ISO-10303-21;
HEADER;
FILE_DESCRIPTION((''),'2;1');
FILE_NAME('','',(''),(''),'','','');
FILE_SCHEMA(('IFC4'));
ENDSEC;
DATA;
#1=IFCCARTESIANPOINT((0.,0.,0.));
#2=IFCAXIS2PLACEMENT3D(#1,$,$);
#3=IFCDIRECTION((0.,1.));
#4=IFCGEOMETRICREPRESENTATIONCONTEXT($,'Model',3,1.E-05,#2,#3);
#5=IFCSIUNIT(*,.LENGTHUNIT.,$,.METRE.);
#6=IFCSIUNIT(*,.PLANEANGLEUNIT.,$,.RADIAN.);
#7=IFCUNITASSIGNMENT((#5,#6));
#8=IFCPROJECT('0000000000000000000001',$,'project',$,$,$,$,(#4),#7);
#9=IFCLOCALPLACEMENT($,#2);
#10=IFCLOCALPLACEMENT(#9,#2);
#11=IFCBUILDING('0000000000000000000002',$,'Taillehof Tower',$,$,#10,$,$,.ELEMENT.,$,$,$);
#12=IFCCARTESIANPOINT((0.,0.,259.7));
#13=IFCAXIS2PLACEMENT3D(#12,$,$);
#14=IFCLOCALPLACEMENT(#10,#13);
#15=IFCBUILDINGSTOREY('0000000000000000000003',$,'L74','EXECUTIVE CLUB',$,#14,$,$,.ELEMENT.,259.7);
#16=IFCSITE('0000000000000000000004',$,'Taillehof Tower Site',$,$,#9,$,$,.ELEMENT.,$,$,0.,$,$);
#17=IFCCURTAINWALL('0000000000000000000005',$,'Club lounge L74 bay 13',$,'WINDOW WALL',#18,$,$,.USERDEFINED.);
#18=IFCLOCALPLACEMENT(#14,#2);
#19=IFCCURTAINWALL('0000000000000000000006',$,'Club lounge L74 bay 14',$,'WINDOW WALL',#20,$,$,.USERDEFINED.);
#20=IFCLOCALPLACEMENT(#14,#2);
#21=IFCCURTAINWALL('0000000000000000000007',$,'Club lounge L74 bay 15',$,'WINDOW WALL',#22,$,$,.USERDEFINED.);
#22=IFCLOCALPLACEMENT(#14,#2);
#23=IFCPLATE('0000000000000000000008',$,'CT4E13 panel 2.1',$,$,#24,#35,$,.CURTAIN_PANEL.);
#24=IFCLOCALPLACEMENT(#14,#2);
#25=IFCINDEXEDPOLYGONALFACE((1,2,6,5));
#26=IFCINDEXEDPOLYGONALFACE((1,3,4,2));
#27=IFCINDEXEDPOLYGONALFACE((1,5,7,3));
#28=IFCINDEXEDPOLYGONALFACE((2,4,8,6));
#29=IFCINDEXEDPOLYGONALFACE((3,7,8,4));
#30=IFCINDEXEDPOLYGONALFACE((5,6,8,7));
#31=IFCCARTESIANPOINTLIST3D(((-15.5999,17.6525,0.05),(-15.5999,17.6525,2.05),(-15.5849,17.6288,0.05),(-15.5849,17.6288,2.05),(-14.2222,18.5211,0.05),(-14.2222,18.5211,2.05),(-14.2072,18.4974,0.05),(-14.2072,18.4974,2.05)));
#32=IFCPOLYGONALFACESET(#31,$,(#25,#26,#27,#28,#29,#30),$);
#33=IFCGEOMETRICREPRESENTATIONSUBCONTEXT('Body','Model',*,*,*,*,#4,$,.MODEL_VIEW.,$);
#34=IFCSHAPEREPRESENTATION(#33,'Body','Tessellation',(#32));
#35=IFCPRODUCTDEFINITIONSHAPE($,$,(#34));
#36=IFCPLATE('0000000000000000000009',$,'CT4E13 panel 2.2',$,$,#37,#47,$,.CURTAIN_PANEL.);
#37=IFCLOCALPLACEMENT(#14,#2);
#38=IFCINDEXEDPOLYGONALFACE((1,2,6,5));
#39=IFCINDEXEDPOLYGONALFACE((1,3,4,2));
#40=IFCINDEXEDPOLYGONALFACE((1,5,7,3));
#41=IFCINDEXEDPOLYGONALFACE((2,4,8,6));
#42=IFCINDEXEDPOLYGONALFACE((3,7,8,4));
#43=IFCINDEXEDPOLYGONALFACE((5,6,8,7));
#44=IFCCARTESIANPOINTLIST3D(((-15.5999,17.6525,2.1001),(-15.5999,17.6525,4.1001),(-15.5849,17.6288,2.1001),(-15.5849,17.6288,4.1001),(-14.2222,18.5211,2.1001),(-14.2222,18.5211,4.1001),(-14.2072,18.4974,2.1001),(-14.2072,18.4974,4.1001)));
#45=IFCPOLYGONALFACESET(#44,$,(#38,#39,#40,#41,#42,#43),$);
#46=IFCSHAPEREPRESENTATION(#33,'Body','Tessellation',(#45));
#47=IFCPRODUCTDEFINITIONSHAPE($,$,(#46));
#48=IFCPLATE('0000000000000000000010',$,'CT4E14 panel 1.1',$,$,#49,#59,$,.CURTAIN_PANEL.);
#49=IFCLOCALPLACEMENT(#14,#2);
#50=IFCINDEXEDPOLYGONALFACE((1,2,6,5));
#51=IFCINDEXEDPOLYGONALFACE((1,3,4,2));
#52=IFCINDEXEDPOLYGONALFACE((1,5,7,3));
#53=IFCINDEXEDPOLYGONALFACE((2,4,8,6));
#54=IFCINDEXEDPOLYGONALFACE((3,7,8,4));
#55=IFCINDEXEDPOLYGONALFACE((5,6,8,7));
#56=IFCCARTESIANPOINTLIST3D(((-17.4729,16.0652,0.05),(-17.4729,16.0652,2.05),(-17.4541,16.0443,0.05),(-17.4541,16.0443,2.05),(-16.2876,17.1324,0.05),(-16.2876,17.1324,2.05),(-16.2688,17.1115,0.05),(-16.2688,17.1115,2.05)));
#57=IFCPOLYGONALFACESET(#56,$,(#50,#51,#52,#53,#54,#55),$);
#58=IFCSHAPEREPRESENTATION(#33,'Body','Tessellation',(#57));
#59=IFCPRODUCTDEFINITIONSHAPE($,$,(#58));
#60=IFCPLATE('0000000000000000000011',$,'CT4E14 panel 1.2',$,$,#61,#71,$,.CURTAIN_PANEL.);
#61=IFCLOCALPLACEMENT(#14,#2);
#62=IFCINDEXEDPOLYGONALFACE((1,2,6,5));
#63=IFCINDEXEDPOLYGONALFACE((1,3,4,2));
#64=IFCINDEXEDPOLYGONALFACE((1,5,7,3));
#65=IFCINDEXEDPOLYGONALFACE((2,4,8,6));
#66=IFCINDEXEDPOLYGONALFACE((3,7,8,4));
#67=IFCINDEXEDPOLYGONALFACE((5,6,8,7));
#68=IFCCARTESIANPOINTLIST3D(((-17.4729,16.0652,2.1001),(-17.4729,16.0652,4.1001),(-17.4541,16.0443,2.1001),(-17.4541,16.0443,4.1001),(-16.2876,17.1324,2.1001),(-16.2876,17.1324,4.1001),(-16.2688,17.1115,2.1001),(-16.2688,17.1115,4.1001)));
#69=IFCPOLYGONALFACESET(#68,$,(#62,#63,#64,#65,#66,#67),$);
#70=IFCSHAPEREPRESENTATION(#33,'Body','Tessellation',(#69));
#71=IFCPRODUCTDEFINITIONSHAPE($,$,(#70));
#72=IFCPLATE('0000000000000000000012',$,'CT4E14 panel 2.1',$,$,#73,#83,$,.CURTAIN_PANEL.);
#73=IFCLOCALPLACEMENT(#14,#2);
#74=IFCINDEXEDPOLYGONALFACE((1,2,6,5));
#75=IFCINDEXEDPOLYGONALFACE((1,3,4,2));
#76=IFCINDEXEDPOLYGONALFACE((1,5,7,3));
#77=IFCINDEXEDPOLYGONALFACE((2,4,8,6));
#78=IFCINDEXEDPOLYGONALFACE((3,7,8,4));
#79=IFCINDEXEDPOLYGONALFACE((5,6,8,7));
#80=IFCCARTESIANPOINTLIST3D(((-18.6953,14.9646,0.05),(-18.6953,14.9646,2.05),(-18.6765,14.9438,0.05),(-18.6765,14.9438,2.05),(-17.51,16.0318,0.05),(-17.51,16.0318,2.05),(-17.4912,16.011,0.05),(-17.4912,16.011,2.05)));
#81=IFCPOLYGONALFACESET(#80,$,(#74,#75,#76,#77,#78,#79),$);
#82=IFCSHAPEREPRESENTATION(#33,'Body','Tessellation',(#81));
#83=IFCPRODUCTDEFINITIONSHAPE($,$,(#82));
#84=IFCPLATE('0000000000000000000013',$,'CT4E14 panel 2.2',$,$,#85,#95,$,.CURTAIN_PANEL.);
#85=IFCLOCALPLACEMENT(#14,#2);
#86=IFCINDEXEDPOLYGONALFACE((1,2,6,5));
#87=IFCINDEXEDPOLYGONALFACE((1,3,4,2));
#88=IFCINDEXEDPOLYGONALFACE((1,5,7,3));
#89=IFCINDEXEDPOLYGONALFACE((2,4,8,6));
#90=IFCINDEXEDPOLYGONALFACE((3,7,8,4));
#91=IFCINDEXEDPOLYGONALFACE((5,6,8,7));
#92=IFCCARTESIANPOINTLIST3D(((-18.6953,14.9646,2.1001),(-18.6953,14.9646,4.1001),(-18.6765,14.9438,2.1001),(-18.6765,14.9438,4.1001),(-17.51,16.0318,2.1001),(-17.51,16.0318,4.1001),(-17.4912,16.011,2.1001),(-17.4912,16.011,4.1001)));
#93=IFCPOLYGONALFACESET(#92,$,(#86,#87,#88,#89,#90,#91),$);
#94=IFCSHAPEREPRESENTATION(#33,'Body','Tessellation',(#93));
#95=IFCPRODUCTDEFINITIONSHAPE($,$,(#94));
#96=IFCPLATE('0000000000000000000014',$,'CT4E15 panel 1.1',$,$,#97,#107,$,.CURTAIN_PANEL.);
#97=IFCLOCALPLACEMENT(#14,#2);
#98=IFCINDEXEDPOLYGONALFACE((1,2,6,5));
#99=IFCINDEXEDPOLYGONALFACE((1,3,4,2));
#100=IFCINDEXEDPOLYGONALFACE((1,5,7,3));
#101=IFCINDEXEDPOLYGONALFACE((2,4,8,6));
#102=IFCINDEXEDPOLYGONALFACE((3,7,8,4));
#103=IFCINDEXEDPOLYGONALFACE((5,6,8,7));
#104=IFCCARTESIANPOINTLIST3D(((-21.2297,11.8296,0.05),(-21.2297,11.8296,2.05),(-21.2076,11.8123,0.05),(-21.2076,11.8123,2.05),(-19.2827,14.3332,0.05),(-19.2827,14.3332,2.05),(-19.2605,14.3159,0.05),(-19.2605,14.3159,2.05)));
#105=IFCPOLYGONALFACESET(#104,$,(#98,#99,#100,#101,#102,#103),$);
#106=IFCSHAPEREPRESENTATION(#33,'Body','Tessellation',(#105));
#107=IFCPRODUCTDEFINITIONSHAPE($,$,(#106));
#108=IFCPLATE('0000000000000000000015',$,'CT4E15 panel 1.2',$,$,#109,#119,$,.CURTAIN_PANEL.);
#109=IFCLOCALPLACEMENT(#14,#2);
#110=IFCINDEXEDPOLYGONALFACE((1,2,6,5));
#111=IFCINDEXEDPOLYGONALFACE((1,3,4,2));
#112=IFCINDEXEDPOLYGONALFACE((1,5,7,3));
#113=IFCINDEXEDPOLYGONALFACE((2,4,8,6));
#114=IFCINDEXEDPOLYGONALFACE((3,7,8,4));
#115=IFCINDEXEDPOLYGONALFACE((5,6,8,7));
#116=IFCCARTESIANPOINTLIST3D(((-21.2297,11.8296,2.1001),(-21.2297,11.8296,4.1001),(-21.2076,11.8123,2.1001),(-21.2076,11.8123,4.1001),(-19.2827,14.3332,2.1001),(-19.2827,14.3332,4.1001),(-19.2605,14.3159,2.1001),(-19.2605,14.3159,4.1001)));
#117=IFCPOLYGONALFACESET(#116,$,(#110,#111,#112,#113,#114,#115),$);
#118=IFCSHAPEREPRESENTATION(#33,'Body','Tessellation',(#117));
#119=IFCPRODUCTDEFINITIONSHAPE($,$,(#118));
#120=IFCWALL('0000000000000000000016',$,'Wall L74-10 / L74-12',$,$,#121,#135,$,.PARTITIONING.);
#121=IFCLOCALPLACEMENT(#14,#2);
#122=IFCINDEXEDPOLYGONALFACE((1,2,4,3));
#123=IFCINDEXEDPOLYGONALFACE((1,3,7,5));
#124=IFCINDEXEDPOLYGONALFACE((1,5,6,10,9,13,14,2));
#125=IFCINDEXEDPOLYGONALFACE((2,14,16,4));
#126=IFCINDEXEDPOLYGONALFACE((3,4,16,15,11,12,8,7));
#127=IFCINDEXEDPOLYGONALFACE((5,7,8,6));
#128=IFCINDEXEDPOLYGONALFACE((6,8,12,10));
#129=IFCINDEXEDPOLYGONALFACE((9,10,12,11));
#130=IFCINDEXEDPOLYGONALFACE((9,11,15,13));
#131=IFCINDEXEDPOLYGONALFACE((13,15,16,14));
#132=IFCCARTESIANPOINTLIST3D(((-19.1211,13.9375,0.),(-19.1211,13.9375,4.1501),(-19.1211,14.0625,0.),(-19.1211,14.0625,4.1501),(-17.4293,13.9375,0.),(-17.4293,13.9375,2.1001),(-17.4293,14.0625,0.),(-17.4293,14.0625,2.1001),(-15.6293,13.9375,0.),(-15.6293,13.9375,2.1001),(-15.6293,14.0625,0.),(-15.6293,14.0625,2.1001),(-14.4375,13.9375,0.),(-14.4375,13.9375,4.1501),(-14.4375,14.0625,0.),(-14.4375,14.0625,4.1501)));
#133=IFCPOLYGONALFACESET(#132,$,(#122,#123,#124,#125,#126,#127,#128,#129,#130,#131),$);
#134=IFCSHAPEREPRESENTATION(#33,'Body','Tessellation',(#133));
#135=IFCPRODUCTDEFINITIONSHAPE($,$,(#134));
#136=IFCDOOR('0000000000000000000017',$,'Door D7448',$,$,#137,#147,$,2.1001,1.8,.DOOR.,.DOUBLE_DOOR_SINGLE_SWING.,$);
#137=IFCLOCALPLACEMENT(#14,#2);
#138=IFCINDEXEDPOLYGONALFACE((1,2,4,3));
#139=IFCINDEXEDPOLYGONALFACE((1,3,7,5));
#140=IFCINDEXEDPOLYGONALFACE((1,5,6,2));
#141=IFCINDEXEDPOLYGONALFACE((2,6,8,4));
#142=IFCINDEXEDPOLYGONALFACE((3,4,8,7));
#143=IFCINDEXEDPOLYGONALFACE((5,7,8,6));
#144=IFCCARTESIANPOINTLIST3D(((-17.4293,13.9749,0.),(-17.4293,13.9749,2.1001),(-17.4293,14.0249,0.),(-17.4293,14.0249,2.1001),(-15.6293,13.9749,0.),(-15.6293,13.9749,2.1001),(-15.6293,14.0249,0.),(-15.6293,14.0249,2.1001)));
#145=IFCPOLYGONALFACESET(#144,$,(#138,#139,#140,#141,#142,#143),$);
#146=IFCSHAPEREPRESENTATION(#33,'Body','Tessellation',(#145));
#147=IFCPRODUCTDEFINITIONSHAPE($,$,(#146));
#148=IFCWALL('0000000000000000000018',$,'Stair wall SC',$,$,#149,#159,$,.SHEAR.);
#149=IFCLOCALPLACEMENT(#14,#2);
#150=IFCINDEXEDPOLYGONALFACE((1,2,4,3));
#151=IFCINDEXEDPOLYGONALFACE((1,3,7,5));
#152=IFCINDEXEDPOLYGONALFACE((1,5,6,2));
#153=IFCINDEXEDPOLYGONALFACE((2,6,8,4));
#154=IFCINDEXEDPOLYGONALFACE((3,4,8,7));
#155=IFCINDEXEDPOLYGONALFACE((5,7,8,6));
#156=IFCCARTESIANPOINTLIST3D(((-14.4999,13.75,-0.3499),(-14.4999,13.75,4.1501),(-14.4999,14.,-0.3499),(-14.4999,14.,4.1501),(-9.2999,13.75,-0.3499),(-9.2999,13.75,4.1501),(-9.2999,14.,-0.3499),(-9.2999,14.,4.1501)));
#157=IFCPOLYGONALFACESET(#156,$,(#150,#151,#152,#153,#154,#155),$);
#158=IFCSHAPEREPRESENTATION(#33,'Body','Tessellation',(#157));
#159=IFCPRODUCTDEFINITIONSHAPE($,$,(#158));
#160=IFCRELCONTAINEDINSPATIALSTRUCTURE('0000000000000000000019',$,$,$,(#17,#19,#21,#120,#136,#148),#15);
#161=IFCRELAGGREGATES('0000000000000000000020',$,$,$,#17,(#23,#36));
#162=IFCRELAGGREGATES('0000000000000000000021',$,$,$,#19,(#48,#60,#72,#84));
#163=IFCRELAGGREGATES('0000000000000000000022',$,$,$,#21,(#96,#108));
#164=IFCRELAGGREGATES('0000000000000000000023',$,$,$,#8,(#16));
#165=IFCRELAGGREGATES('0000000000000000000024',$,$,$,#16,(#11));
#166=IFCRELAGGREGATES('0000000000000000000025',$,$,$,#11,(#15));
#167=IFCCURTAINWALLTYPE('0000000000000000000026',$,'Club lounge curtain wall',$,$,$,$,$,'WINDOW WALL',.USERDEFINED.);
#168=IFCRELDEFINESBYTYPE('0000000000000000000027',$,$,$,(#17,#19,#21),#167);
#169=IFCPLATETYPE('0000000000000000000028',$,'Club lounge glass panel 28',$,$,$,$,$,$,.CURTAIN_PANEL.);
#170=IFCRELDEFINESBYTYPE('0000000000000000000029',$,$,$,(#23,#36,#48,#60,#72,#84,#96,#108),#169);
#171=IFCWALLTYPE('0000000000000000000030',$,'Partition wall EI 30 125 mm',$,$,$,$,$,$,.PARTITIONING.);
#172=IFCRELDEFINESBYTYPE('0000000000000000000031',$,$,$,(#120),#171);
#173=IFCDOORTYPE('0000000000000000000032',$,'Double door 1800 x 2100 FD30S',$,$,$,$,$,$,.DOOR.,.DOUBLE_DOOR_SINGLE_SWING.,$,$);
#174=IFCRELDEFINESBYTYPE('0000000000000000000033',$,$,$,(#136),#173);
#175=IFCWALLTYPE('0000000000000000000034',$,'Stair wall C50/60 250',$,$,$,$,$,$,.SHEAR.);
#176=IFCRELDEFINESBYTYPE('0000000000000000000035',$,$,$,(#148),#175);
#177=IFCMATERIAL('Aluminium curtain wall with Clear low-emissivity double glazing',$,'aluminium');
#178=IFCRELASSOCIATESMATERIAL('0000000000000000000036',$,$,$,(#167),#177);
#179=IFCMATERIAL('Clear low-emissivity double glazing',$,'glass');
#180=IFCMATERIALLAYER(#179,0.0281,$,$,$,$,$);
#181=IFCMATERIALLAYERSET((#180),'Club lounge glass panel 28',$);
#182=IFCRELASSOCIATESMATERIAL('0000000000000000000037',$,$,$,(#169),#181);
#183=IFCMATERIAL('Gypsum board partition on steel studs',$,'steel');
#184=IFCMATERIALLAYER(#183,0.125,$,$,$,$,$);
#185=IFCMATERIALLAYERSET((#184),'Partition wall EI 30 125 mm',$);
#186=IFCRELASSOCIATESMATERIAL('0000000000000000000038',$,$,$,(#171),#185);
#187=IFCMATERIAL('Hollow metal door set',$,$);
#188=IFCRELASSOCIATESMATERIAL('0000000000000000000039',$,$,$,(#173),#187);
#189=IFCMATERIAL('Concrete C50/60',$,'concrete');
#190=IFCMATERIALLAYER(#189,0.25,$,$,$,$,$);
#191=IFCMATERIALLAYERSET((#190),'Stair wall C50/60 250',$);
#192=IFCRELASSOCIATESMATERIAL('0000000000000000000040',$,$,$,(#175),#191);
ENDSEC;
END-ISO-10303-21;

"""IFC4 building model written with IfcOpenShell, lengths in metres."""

from ifc_helpers import new_model, si_unit, direction, frame, frame_2d, origin, origin_2d, place, context, subcontext, project, spatial, rectangle, extrude, material, layer, layer_set, type_object, element, fill, aggregate, save


model = new_model("IFC4")

# Units and contexts
model_context = context("Model", 3, precision=1e-05, world=origin(), true_north=direction((0.0, 1.0)))
body_context = subcontext(model_context, "Body", "Model", "MODEL_VIEW")
ifc_project = project(units=[si_unit("LENGTHUNIT", "METRE"), si_unit("PLANEANGLEUNIT", "RADIAN")], contexts=[model_context])

# Site, building, storey
site_placement = place(None, origin())
site = spatial("IfcSite", under=ifc_project, at=site_placement, Name="Taillehof Tower Site", CompositionType="ELEMENT", RefElevation=0.0)
building_placement = place(site_placement, origin())
building = spatial("IfcBuilding", under=site, at=building_placement, Name="Taillehof Tower", CompositionType="ELEMENT")
storey_placement = place(building_placement, frame((0.0, 0.0, 259.7)))
storey = spatial("IfcBuildingStorey", under=building, at=storey_placement, Name="L74", Description="EXECUTIVE CLUB", CompositionType="ELEMENT", Elevation=259.7)

# Curtain walls
ifc_material_1 = material(Name="Aluminium curtain wall with Clear low-emissivity double glazing", Category="aluminium")
curtain_wall_type = type_object("IfcCurtainWallType", Name="Club lounge curtain wall", ElementType="WINDOW WALL", PredefinedType="USERDEFINED", material=ifc_material_1)
curtain_wall_1_placement = place(storey_placement, origin())
curtain_wall_1 = element("IfcCurtainWall", 1, at=curtain_wall_1_placement, inside=storey, type_object=curtain_wall_type, Name="Club lounge L74 bay 13", ObjectType="WINDOW WALL", PredefinedType="USERDEFINED")
curtain_wall_2_placement = place(storey_placement, origin())
curtain_wall_2 = element("IfcCurtainWall", 2, at=curtain_wall_2_placement, inside=storey, type_object=curtain_wall_type, Name="Club lounge L74 bay 14", ObjectType="WINDOW WALL", PredefinedType="USERDEFINED")
curtain_wall_3_placement = place(storey_placement, origin())
curtain_wall_3 = element("IfcCurtainWall", 3, at=curtain_wall_3_placement, inside=storey, type_object=curtain_wall_type, Name="Club lounge L74 bay 15", ObjectType="WINDOW WALL", PredefinedType="USERDEFINED")

# Plates
ifc_material_2 = material(Name="Clear low-emissivity double glazing", Category="glass")
ifc_layer_1 = layer(ifc_material_2, 0.0281)
ifc_layer_set_1 = layer_set([ifc_layer_1], Name="Club lounge glass panel 28")
plate_type = type_object("IfcPlateType", Name="Club lounge glass panel 28", PredefinedType="CURTAIN_PANEL", material=ifc_layer_set_1)
plate_1_placement = place(storey_placement, frame((-14.9036, 18.075, 0.05), z_axis=(0.0, 0.0, 1.0), x_axis=(-0.84593, -0.533294, 0.0)))
plate_1 = element("IfcPlate", 4, at=plate_1_placement, type_object=plate_type, Name="CT4E13 panel 2.1", PredefinedType="CURTAIN_PANEL", context=body_context, shape_type="SweptSolid", body=[
    extrude(rectangle(XDim=1.6287, YDim=0.0281, at=origin_2d()), origin(), (0.0, 0.0, 1.0), 2.0),
])
plate_2_placement = place(storey_placement, frame((-14.9036, 18.075, 2.1001), z_axis=(0.0, 0.0, 1.0), x_axis=(-0.84593, -0.533294, 0.0)))
plate_2 = element("IfcPlate", 5, at=plate_2_placement, type_object=plate_type, Name="CT4E13 panel 2.2", PredefinedType="CURTAIN_PANEL", context=body_context, shape_type="SweptSolid", body=[
    extrude(rectangle(XDim=1.6287, YDim=0.0281, at=origin_2d()), origin(), (0.0, 0.0, 1.0), 2.0),
])
aggregate(curtain_wall_1, [plate_1, plate_2])
plate_3_placement = place(storey_placement, frame((-16.8708, 16.5884, 0.05), z_axis=(0.0, 0.0, 1.0), x_axis=(-0.743166, -0.669107, 0.0)))
plate_3 = element("IfcPlate", 6, at=plate_3_placement, type_object=plate_type, Name="CT4E14 panel 1.1", PredefinedType="CURTAIN_PANEL", context=body_context, shape_type="SweptSolid", body=[
    extrude(rectangle(XDim=1.595, YDim=0.0281, at=origin_2d()), origin(), (0.0, 0.0, 1.0), 2.0),
])
plate_4_placement = place(storey_placement, frame((-16.8708, 16.5884, 2.1001), z_axis=(0.0, 0.0, 1.0), x_axis=(-0.743166, -0.669107, 0.0)))
plate_4 = element("IfcPlate", 7, at=plate_4_placement, type_object=plate_type, Name="CT4E14 panel 1.2", PredefinedType="CURTAIN_PANEL", context=body_context, shape_type="SweptSolid", body=[
    extrude(rectangle(XDim=1.595, YDim=0.0281, at=origin_2d()), origin(), (0.0, 0.0, 1.0), 2.0),
])
plate_5_placement = place(storey_placement, frame((-18.0933, 15.4878, 0.05), z_axis=(0.0, 0.0, 1.0), x_axis=(-0.743166, -0.669107, 0.0)))
plate_5 = element("IfcPlate", 8, at=plate_5_placement, type_object=plate_type, Name="CT4E14 panel 2.1", PredefinedType="CURTAIN_PANEL", context=body_context, shape_type="SweptSolid", body=[
    extrude(rectangle(XDim=1.595, YDim=0.0281, at=origin_2d()), origin(), (0.0, 0.0, 1.0), 2.0),
])
plate_6_placement = place(storey_placement, frame((-18.0933, 15.4878, 2.1001), z_axis=(0.0, 0.0, 1.0), x_axis=(-0.743166, -0.669107, 0.0)))
plate_6 = element("IfcPlate", 9, at=plate_6_placement, type_object=plate_type, Name="CT4E14 panel 2.2", PredefinedType="CURTAIN_PANEL", context=body_context, shape_type="SweptSolid", body=[
    extrude(rectangle(XDim=1.595, YDim=0.0281, at=origin_2d()), origin(), (0.0, 0.0, 1.0), 2.0),
])
aggregate(curtain_wall_2, [plate_3, plate_4, plate_5, plate_6])
plate_7_placement = place(storey_placement, frame((-20.2451, 13.0728, 0.05), z_axis=(0.0, 0.0, 1.0), x_axis=(-0.613903, -0.789382, 0.0)))
plate_7 = element("IfcPlate", 10, at=plate_7_placement, type_object=plate_type, Name="CT4E15 panel 1.1", PredefinedType="CURTAIN_PANEL", context=body_context, shape_type="SweptSolid", body=[
    extrude(rectangle(XDim=3.1716, YDim=0.0281, at=origin_2d()), origin(), (0.0, 0.0, 1.0), 2.0),
])
plate_8_placement = place(storey_placement, frame((-20.2451, 13.0728, 2.1001), z_axis=(0.0, 0.0, 1.0), x_axis=(-0.613903, -0.789382, 0.0)))
plate_8 = element("IfcPlate", 11, at=plate_8_placement, type_object=plate_type, Name="CT4E15 panel 1.2", PredefinedType="CURTAIN_PANEL", context=body_context, shape_type="SweptSolid", body=[
    extrude(rectangle(XDim=3.1716, YDim=0.0281, at=origin_2d()), origin(), (0.0, 0.0, 1.0), 2.0),
])
aggregate(curtain_wall_3, [plate_7, plate_8])

# Wall, opening, door
ifc_material_3 = material(Name="Gypsum board partition on steel studs", Category="steel")
ifc_layer_2 = layer(ifc_material_3, 0.125)
ifc_layer_set_2 = layer_set([ifc_layer_2], Name="Partition wall EI 30 125 mm")
wall_type_1 = type_object("IfcWallType", Name="Partition wall EI 30 125 mm", PredefinedType="PARTITIONING", material=ifc_layer_set_2)
wall_1_placement = place(storey_placement, frame((-19.1211, 14.0, 0.0), z_axis=(0.0, 0.0, 1.0), x_axis=(1.0, 0.0, 0.0)))
wall_1 = element("IfcWall", 12, at=wall_1_placement, inside=storey, type_object=wall_type_1, Name="Wall L74-10 / L74-12", PredefinedType="PARTITIONING", context=body_context, shape_type="SweptSolid", body=[
    extrude(rectangle(XDim=4.6836, YDim=0.125, at=frame_2d((2.3418, 0.0))), origin(), (0.0, 0.0, 1.0), 4.1501),
])
opening_placement = place(wall_1_placement, frame((1.6919, 0.0, 0.0)))
opening = element("IfcOpeningElement", 13, at=opening_placement, cuts=wall_1, PredefinedType="OPENING", context=body_context, shape_type="SweptSolid", body=[
    extrude(rectangle(XDim=1.8, YDim=2.1001, at=frame_2d((0.8999, 1.05))), frame((0.0, 0.0725, 0.0), z_axis=(0.0, -1.0, 0.0), x_axis=(1.0, 0.0, 0.0)), (0.0, 0.0, 1.0), 0.145),
])
ifc_material_4 = material(Name="Hollow metal door set")
door_type = type_object("IfcDoorType", Name="Double door 1800 x 2100 FD30S", OperationType="DOUBLE_DOOR_SINGLE_SWING", PredefinedType="DOOR", material=ifc_material_4)
door_placement = place(opening_placement, origin())
door = element("IfcDoor", 14, at=door_placement, inside=storey, type_object=door_type, Name="Door D7448", OperationType="DOUBLE_DOOR_SINGLE_SWING", OverallHeight=2.1001, OverallWidth=1.8, PredefinedType="DOOR", context=body_context, shape_type="SweptSolid", body=[
    extrude(rectangle(XDim=1.8, YDim=2.1001, at=frame_2d((0.8999, 1.05))), frame((0.0, 0.0249, 0.0), z_axis=(0.0, -1.0, 0.0), x_axis=(1.0, 0.0, 0.0)), (0.0, 0.0, 1.0), 0.05),
])
fill(opening, door)

# Wall
ifc_material_5 = material(Name="Concrete C50/60", Category="concrete")
ifc_layer_3 = layer(ifc_material_5, 0.25)
ifc_layer_set_3 = layer_set([ifc_layer_3], Name="Stair wall C50/60 250")
wall_type_2 = type_object("IfcWallType", Name="Stair wall C50/60 250", PredefinedType="SHEAR", material=ifc_layer_set_3)
wall_2_placement = place(storey_placement, frame((-14.5, 13.875, -0.3499), z_axis=(0.0, 0.0, 1.0), x_axis=(1.0, 0.0, 0.0)))
element("IfcWall", 15, at=wall_2_placement, inside=storey, type_object=wall_type_2, Name="Stair wall SC", PredefinedType="SHEAR", context=body_context, shape_type="SweptSolid", body=[
    extrude(rectangle(XDim=5.2, YDim=0.25, at=frame_2d((2.6001, 0.0))), origin(), (0.0, 0.0, 1.0), 4.5),
])

save(model, "model.ifc")
